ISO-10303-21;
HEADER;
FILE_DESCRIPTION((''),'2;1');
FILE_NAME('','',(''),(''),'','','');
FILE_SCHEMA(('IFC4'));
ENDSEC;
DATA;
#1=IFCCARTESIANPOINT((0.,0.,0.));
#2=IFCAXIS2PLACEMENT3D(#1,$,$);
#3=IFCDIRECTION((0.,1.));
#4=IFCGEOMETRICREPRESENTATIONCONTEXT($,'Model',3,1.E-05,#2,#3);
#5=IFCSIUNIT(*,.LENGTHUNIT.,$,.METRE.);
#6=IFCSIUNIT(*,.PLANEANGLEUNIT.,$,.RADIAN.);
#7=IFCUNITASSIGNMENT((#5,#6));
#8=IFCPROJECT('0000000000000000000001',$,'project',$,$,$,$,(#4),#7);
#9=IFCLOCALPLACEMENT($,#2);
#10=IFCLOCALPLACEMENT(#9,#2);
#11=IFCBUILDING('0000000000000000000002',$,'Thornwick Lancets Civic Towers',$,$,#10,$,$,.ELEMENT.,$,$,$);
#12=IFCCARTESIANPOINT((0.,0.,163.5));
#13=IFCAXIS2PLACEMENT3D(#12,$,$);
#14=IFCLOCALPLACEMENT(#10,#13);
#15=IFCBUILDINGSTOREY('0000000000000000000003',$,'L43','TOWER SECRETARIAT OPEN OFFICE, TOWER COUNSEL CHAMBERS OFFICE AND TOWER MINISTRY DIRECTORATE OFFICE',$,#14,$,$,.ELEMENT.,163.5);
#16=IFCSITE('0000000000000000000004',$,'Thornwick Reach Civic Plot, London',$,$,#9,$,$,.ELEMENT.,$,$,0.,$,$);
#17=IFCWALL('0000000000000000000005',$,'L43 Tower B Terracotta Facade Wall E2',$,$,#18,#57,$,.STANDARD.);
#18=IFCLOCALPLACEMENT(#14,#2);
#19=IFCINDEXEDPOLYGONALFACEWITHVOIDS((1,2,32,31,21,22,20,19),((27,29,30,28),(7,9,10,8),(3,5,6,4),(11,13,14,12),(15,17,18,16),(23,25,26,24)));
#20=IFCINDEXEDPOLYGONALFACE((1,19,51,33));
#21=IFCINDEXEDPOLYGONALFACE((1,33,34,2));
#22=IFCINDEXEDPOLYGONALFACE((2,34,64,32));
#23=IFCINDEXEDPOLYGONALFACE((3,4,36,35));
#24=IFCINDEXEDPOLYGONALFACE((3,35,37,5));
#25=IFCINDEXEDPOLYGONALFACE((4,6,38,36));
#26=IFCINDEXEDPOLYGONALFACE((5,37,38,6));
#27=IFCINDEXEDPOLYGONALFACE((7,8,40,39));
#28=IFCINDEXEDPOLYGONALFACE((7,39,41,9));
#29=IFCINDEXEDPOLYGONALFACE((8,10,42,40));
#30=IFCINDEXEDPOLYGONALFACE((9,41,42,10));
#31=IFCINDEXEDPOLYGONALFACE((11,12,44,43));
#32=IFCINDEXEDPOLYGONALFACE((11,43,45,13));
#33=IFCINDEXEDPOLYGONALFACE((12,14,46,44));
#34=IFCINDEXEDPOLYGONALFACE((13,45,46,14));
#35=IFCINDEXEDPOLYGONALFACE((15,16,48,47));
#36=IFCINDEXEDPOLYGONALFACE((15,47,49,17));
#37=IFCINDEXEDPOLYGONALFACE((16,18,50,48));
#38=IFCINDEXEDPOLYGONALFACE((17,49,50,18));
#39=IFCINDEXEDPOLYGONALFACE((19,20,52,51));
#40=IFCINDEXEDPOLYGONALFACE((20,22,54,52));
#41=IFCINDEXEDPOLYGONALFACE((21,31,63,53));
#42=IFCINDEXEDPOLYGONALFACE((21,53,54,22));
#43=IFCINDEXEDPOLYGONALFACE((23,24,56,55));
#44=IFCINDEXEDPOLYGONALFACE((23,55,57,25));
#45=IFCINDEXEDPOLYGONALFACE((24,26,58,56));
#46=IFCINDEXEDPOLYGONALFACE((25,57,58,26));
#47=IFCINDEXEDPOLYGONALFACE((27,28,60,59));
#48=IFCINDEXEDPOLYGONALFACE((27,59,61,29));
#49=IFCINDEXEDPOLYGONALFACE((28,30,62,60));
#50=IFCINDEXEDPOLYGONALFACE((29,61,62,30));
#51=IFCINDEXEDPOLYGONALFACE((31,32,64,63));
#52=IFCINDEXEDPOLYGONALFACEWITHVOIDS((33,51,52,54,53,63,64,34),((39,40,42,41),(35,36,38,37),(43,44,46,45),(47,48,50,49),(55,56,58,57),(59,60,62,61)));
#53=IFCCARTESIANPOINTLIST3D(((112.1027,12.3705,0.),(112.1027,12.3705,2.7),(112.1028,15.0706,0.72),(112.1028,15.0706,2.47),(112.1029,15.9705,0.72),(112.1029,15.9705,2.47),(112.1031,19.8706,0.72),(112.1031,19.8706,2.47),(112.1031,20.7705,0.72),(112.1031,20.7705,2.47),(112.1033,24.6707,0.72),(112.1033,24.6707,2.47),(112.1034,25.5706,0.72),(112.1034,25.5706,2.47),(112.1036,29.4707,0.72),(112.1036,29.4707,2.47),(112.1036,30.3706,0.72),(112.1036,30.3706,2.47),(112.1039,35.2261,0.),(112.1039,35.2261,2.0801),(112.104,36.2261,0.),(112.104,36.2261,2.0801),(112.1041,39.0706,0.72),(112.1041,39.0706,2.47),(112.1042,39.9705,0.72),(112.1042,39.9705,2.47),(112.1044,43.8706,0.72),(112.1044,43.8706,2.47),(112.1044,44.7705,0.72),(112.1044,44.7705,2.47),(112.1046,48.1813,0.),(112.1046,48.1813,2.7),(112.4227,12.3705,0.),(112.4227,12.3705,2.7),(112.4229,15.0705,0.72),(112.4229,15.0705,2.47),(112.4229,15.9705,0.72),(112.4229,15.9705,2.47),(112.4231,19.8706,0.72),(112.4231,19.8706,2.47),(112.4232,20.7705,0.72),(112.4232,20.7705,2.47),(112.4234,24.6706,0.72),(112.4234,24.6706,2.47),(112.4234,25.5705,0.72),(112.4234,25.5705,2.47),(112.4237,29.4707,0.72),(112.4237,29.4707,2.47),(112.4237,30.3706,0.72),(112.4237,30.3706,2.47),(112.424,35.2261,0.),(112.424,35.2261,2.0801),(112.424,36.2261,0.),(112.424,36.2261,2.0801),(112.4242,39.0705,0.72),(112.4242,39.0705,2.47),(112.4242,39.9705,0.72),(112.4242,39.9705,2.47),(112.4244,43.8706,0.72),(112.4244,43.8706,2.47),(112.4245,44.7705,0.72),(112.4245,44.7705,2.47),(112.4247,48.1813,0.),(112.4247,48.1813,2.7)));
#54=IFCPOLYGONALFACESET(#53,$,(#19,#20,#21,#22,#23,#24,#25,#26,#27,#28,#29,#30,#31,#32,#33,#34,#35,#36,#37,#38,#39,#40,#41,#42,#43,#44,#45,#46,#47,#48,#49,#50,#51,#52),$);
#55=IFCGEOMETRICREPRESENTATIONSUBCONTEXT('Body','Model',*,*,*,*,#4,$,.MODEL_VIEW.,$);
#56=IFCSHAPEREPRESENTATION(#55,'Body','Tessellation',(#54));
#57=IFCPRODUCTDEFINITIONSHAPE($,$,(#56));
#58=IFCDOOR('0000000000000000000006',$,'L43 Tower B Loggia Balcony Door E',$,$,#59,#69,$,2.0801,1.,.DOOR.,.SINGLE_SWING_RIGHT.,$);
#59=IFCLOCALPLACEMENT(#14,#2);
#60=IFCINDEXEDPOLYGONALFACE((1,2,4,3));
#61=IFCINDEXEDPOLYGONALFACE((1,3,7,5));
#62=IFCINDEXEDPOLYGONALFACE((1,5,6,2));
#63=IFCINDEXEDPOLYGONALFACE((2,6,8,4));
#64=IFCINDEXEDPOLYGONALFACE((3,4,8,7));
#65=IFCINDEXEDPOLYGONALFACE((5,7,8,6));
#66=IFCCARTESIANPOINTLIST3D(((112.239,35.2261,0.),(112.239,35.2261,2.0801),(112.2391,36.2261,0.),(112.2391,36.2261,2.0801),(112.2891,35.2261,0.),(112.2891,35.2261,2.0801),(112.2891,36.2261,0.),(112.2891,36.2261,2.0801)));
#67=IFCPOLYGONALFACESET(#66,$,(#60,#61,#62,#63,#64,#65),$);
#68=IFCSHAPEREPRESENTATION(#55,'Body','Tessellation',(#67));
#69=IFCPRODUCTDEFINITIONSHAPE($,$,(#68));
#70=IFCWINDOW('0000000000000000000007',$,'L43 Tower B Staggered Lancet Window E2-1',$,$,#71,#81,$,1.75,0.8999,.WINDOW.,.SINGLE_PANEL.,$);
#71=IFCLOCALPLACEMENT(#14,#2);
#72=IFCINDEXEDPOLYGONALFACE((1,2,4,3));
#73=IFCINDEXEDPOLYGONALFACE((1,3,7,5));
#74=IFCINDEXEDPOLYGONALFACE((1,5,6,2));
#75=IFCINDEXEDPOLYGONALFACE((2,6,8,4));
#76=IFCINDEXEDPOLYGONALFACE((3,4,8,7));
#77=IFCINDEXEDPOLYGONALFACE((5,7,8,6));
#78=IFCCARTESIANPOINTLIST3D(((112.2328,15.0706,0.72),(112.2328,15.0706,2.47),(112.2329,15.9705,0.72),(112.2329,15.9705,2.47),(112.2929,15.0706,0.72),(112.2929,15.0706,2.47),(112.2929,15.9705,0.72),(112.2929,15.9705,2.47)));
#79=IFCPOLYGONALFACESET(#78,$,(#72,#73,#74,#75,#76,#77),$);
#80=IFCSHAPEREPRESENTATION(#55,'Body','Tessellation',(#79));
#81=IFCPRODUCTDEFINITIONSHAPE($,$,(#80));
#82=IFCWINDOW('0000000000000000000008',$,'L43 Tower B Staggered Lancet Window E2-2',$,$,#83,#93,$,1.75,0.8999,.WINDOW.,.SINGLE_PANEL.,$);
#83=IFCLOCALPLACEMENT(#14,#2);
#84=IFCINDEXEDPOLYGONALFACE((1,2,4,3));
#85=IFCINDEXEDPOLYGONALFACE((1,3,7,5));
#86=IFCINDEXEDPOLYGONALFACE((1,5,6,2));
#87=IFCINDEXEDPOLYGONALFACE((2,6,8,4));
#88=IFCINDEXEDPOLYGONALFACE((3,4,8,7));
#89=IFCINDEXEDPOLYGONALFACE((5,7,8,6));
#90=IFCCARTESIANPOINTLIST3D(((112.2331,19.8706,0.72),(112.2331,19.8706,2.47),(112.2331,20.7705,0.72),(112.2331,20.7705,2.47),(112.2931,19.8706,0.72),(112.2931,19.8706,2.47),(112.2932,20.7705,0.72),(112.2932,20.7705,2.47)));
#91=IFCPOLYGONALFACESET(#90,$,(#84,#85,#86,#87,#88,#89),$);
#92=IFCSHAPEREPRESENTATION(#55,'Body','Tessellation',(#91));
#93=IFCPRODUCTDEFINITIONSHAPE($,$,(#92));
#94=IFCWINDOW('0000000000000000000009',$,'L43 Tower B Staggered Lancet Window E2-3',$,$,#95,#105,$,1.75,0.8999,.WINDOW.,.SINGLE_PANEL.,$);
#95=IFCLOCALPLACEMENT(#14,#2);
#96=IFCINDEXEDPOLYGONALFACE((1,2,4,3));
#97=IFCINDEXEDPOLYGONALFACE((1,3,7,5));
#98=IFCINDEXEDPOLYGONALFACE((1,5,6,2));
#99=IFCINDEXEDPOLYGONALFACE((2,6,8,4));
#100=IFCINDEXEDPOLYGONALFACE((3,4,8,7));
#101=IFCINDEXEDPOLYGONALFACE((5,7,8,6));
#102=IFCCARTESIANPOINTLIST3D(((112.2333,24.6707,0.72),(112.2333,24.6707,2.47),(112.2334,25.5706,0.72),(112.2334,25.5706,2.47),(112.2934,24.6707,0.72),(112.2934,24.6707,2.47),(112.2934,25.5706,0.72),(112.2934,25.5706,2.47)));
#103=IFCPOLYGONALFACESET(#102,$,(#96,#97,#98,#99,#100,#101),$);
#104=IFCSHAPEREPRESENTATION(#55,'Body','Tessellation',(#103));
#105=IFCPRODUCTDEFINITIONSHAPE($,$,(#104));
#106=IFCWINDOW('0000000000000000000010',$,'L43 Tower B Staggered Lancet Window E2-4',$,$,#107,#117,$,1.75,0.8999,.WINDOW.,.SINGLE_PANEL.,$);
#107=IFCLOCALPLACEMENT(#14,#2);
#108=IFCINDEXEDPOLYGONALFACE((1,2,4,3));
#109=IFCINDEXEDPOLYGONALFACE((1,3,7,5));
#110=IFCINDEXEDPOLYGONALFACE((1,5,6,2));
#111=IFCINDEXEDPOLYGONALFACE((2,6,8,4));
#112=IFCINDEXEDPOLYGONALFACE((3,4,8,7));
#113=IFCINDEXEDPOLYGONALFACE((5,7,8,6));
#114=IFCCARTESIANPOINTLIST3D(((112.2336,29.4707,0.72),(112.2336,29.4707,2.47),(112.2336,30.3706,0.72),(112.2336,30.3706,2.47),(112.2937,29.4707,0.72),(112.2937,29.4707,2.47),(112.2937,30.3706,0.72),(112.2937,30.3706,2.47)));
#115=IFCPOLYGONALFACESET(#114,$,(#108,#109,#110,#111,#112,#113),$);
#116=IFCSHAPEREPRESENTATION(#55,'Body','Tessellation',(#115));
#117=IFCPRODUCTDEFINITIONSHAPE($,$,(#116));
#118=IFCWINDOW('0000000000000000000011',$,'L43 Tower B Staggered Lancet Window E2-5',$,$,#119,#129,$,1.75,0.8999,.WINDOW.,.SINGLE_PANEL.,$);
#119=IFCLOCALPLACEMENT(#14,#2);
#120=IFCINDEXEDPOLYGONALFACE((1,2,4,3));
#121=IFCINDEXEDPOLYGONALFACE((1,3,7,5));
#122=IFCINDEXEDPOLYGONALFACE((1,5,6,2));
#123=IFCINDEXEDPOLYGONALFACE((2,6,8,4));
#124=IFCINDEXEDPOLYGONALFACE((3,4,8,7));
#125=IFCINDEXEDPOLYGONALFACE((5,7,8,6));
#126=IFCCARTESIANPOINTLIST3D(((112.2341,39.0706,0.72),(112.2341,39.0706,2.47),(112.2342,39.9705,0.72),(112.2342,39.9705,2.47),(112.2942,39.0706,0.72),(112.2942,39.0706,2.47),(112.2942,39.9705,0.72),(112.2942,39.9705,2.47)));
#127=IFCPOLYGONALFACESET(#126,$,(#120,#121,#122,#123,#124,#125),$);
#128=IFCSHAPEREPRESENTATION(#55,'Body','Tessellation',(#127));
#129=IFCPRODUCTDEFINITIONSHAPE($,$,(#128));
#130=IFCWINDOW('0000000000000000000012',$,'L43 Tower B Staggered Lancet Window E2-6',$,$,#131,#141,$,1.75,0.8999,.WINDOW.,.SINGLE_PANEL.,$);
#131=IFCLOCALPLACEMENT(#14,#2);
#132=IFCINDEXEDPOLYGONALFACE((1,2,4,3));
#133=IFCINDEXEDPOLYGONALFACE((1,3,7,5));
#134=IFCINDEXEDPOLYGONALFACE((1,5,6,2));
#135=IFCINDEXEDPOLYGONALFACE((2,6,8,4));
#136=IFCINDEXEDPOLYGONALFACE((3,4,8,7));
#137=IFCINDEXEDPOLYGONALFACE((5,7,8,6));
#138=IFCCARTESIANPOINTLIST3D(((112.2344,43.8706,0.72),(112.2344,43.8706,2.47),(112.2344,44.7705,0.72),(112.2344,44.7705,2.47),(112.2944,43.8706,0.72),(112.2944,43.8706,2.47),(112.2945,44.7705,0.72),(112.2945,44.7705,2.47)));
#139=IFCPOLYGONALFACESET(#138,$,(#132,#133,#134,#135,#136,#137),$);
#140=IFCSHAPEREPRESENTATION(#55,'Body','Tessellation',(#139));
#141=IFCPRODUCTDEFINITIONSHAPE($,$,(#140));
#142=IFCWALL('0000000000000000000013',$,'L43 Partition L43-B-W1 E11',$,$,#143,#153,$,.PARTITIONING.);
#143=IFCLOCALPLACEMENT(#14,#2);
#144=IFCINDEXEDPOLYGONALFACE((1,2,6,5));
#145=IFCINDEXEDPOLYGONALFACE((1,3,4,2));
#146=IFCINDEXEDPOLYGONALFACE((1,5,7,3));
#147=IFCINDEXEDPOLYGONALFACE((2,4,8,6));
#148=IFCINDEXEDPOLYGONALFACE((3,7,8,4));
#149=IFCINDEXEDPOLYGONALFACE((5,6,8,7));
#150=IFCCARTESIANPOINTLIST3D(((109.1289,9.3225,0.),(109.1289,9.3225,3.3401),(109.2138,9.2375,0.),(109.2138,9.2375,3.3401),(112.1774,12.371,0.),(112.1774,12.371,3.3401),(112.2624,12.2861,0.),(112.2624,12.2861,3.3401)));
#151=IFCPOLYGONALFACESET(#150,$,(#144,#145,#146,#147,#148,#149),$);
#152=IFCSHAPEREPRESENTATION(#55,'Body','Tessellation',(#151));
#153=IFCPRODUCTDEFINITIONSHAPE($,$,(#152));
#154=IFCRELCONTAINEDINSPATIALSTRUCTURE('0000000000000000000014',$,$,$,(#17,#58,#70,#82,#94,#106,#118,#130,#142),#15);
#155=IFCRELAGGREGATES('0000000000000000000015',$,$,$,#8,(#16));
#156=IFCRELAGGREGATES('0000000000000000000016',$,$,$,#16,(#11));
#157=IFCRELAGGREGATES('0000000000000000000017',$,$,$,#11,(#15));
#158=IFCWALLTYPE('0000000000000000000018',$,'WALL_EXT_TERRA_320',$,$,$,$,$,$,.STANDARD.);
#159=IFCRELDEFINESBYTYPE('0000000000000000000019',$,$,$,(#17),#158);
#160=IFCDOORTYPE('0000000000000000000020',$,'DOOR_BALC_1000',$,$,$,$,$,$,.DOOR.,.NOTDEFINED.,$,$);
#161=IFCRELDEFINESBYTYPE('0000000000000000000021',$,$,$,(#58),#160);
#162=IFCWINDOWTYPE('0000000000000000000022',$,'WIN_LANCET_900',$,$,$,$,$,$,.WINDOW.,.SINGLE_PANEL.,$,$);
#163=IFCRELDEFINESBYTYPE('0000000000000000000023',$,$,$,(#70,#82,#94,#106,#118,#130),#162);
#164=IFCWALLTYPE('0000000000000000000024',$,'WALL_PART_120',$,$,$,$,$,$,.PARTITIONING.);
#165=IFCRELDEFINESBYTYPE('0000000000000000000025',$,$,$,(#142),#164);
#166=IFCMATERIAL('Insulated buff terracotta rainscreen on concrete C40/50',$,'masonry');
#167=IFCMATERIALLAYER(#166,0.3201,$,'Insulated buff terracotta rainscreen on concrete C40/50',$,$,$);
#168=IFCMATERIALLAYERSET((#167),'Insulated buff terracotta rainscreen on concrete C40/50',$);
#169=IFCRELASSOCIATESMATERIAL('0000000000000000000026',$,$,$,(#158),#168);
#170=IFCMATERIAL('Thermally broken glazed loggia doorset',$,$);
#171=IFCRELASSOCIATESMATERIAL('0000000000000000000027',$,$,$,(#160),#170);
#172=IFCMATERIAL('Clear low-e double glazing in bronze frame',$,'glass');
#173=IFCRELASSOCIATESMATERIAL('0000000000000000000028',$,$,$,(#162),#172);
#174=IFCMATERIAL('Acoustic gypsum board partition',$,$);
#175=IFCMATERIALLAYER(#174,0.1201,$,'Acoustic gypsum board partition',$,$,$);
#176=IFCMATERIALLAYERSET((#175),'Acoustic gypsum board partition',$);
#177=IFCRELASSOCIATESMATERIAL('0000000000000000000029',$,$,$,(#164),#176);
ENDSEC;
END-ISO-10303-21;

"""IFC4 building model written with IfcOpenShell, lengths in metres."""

from ifc_helpers import new_model, si_unit, direction, frame, frame_2d, origin, place, context, subcontext, project, spatial, rectangle, extrude, material, layer, layer_set, type_object, element, fill, save


model = new_model("IFC4")

# Units and contexts
model_context = context("Model", 3, precision=1e-05, world=origin(), true_north=direction((0.0, 1.0)))
body_context = subcontext(model_context, "Body", "Model", "MODEL_VIEW")
ifc_project = project(units=[si_unit("LENGTHUNIT", "METRE"), si_unit("PLANEANGLEUNIT", "RADIAN")], contexts=[model_context])

# Site, building, storey
site_placement = place(None, origin())
site = spatial("IfcSite", under=ifc_project, at=site_placement, Name="Thornwick Reach Civic Plot, London", CompositionType="ELEMENT", RefElevation=0.0)
building_placement = place(site_placement, origin())
building = spatial("IfcBuilding", under=site, at=building_placement, Name="Thornwick Lancets Civic Towers", CompositionType="ELEMENT")
storey_placement = place(building_placement, frame((0.0, 0.0, 163.5)))
storey = spatial("IfcBuildingStorey", under=building, at=storey_placement, Name="L43", Description="TOWER SECRETARIAT OPEN OFFICE, TOWER COUNSEL CHAMBERS OFFICE AND TOWER MINISTRY DIRECTORATE OFFICE", CompositionType="ELEMENT", Elevation=163.5)

# Wall, openings, door, windows
ifc_material_1 = material(Name="Insulated buff terracotta rainscreen on concrete C40/50", Category="masonry")
ifc_layer_1 = layer(ifc_material_1, 0.3201, Name="Insulated buff terracotta rainscreen on concrete C40/50")
ifc_layer_set_1 = layer_set([ifc_layer_1], Name="Insulated buff terracotta rainscreen on concrete C40/50")
wall_type_1 = type_object("IfcWallType", Name="WALL_EXT_TERRA_320", PredefinedType="STANDARD", material=ifc_layer_set_1)
wall_1_placement = place(storey_placement, frame((112.2627, 12.3706, 0.0), z_axis=(0.0, 0.0, 1.0), x_axis=(0.000055, 1.0, 0.0)))
wall_1 = element("IfcWall", 1, at=wall_1_placement, inside=storey, type_object=wall_type_1, Name="L43 Tower B Terracotta Facade Wall E2", PredefinedType="STANDARD", context=body_context, shape_type="SweptSolid", body=[
    extrude(rectangle(XDim=35.8108, YDim=0.3201, at=frame_2d((17.9053, 0.0))), origin(), (0.0, 0.0, 1.0), 2.7),
])
opening_1_placement = place(wall_1_placement, frame((22.8555, 0.0, 0.0)))
opening_1 = element("IfcOpeningElement", 2, at=opening_1_placement, cuts=wall_1, PredefinedType="OPENING", context=body_context, shape_type="SweptSolid", body=[
    extrude(rectangle(XDim=1.0, YDim=2.0801, at=frame_2d((0.5, 1.04))), frame((0.0, 0.1699, 0.0), z_axis=(0.0, -1.0, 0.0), x_axis=(1.0, 0.0, 0.0)), (0.0, 0.0, 1.0), 0.3401),
])
opening_2_placement = place(wall_1_placement, frame((2.7, 0.0, 0.72)))
opening_2 = element("IfcOpeningElement", 3, at=opening_2_placement, cuts=wall_1, PredefinedType="OPENING", context=body_context, shape_type="SweptSolid", body=[
    extrude(rectangle(XDim=0.8999, YDim=1.75, at=frame_2d((0.45, 0.875))), frame((0.0, 0.1699, 0.0), z_axis=(0.0, -1.0, 0.0), x_axis=(1.0, 0.0, 0.0)), (0.0, 0.0, 1.0), 0.3401),
])
opening_3_placement = place(wall_1_placement, frame((7.5, 0.0, 0.72)))
opening_3 = element("IfcOpeningElement", 4, at=opening_3_placement, cuts=wall_1, PredefinedType="OPENING", context=body_context, shape_type="SweptSolid", body=[
    extrude(rectangle(XDim=0.8999, YDim=1.75, at=frame_2d((0.45, 0.875))), frame((0.0, 0.1699, 0.0), z_axis=(0.0, -1.0, 0.0), x_axis=(1.0, 0.0, 0.0)), (0.0, 0.0, 1.0), 0.3401),
])
opening_4_placement = place(wall_1_placement, frame((12.3, 0.0, 0.72)))
opening_4 = element("IfcOpeningElement", 5, at=opening_4_placement, cuts=wall_1, PredefinedType="OPENING", context=body_context, shape_type="SweptSolid", body=[
    extrude(rectangle(XDim=0.8999, YDim=1.75, at=frame_2d((0.45, 0.875))), frame((0.0, 0.1699, 0.0), z_axis=(0.0, -1.0, 0.0), x_axis=(1.0, 0.0, 0.0)), (0.0, 0.0, 1.0), 0.3401),
])
opening_5_placement = place(wall_1_placement, frame((17.1001, 0.0, 0.72)))
opening_5 = element("IfcOpeningElement", 6, at=opening_5_placement, cuts=wall_1, PredefinedType="OPENING", context=body_context, shape_type="SweptSolid", body=[
    extrude(rectangle(XDim=0.8999, YDim=1.75, at=frame_2d((0.45, 0.875))), frame((0.0, 0.1699, 0.0), z_axis=(0.0, -1.0, 0.0), x_axis=(1.0, 0.0, 0.0)), (0.0, 0.0, 1.0), 0.3401),
])
opening_6_placement = place(wall_1_placement, frame((26.7, 0.0, 0.72)))
opening_6 = element("IfcOpeningElement", 7, at=opening_6_placement, cuts=wall_1, PredefinedType="OPENING", context=body_context, shape_type="SweptSolid", body=[
    extrude(rectangle(XDim=0.8999, YDim=1.75, at=frame_2d((0.45, 0.875))), frame((0.0, 0.1699, 0.0), z_axis=(0.0, -1.0, 0.0), x_axis=(1.0, 0.0, 0.0)), (0.0, 0.0, 1.0), 0.3401),
])
opening_7_placement = place(wall_1_placement, frame((31.5, 0.0, 0.72)))
opening_7 = element("IfcOpeningElement", 8, at=opening_7_placement, cuts=wall_1, PredefinedType="OPENING", context=body_context, shape_type="SweptSolid", body=[
    extrude(rectangle(XDim=0.8999, YDim=1.75, at=frame_2d((0.45, 0.875))), frame((0.0, 0.1699, 0.0), z_axis=(0.0, -1.0, 0.0), x_axis=(1.0, 0.0, 0.0)), (0.0, 0.0, 1.0), 0.3401),
])
ifc_material_2 = material(Name="Thermally broken glazed loggia doorset")
door_type = type_object("IfcDoorType", Name="DOOR_BALC_1000", OperationType="NOTDEFINED", PredefinedType="DOOR", material=ifc_material_2)
door_placement = place(opening_1_placement, origin())
door = element("IfcDoor", 9, at=door_placement, inside=storey, type_object=door_type, Name="L43 Tower B Loggia Balcony Door E", OperationType="SINGLE_SWING_RIGHT", OverallHeight=2.0801, OverallWidth=1.0, PredefinedType="DOOR", context=body_context, shape_type="SweptSolid", body=[
    extrude(rectangle(XDim=1.0, YDim=2.0801, at=frame_2d((0.5, 1.04))), frame((0.0, 0.0249, 0.0), z_axis=(0.0, -1.0, 0.0), x_axis=(1.0, 0.0, 0.0)), (0.0, 0.0, 1.0), 0.05),
])
fill(opening_1, door)
ifc_material_3 = material(Name="Clear low-e double glazing in bronze frame", Category="glass")
window_type = type_object("IfcWindowType", Name="WIN_LANCET_900", PartitioningType="SINGLE_PANEL", PredefinedType="WINDOW", material=ifc_material_3)
window_1_placement = place(opening_2_placement, origin())
window_1 = element("IfcWindow", 10, at=window_1_placement, inside=storey, type_object=window_type, Name="L43 Tower B Staggered Lancet Window E2-1", OverallHeight=1.75, OverallWidth=0.8999, PartitioningType="SINGLE_PANEL", PredefinedType="WINDOW", context=body_context, shape_type="SweptSolid", body=[
    extrude(rectangle(XDim=0.8999, YDim=1.75, at=frame_2d((0.45, 0.875))), frame((0.0, 0.03, 0.0), z_axis=(0.0, -1.0, 0.0), x_axis=(1.0, 0.0, 0.0)), (0.0, 0.0, 1.0), 0.0601),
])
fill(opening_2, window_1)
window_2_placement = place(opening_3_placement, origin())
window_2 = element("IfcWindow", 11, at=window_2_placement, inside=storey, type_object=window_type, Name="L43 Tower B Staggered Lancet Window E2-2", OverallHeight=1.75, OverallWidth=0.8999, PartitioningType="SINGLE_PANEL", PredefinedType="WINDOW", context=body_context, shape_type="SweptSolid", body=[
    extrude(rectangle(XDim=0.8999, YDim=1.75, at=frame_2d((0.45, 0.875))), frame((0.0, 0.03, 0.0), z_axis=(0.0, -1.0, 0.0), x_axis=(1.0, 0.0, 0.0)), (0.0, 0.0, 1.0), 0.0601),
])
fill(opening_3, window_2)
window_3_placement = place(opening_4_placement, origin())
window_3 = element("IfcWindow", 12, at=window_3_placement, inside=storey, type_object=window_type, Name="L43 Tower B Staggered Lancet Window E2-3", OverallHeight=1.75, OverallWidth=0.8999, PartitioningType="SINGLE_PANEL", PredefinedType="WINDOW", context=body_context, shape_type="SweptSolid", body=[
    extrude(rectangle(XDim=0.8999, YDim=1.75, at=frame_2d((0.45, 0.875))), frame((0.0, 0.03, 0.0), z_axis=(0.0, -1.0, 0.0), x_axis=(1.0, 0.0, 0.0)), (0.0, 0.0, 1.0), 0.0601),
])
fill(opening_4, window_3)
window_4_placement = place(opening_5_placement, origin())
window_4 = element("IfcWindow", 13, at=window_4_placement, inside=storey, type_object=window_type, Name="L43 Tower B Staggered Lancet Window E2-4", OverallHeight=1.75, OverallWidth=0.8999, PartitioningType="SINGLE_PANEL", PredefinedType="WINDOW", context=body_context, shape_type="SweptSolid", body=[
    extrude(rectangle(XDim=0.8999, YDim=1.75, at=frame_2d((0.45, 0.875))), frame((0.0, 0.03, 0.0), z_axis=(0.0, -1.0, 0.0), x_axis=(1.0, 0.0, 0.0)), (0.0, 0.0, 1.0), 0.0601),
])
fill(opening_5, window_4)
window_5_placement = place(opening_6_placement, origin())
window_5 = element("IfcWindow", 14, at=window_5_placement, inside=storey, type_object=window_type, Name="L43 Tower B Staggered Lancet Window E2-5", OverallHeight=1.75, OverallWidth=0.8999, PartitioningType="SINGLE_PANEL", PredefinedType="WINDOW", context=body_context, shape_type="SweptSolid", body=[
    extrude(rectangle(XDim=0.8999, YDim=1.75, at=frame_2d((0.45, 0.875))), frame((0.0, 0.03, 0.0), z_axis=(0.0, -1.0, 0.0), x_axis=(1.0, 0.0, 0.0)), (0.0, 0.0, 1.0), 0.0601),
])
fill(opening_6, window_5)
window_6_placement = place(opening_7_placement, origin())
window_6 = element("IfcWindow", 15, at=window_6_placement, inside=storey, type_object=window_type, Name="L43 Tower B Staggered Lancet Window E2-6", OverallHeight=1.75, OverallWidth=0.8999, PartitioningType="SINGLE_PANEL", PredefinedType="WINDOW", context=body_context, shape_type="SweptSolid", body=[
    extrude(rectangle(XDim=0.8999, YDim=1.75, at=frame_2d((0.45, 0.875))), frame((0.0, 0.03, 0.0), z_axis=(0.0, -1.0, 0.0), x_axis=(1.0, 0.0, 0.0)), (0.0, 0.0, 1.0), 0.0601),
])
fill(opening_7, window_6)

# Wall
ifc_material_4 = material(Name="Acoustic gypsum board partition")
ifc_layer_2 = layer(ifc_material_4, 0.1201, Name="Acoustic gypsum board partition")
ifc_layer_set_2 = layer_set([ifc_layer_2], Name="Acoustic gypsum board partition")
wall_type_2 = type_object("IfcWallType", Name="WALL_PART_120", PredefinedType="PARTITIONING", material=ifc_layer_set_2)
wall_2_placement = place(storey_placement, frame((112.22, 12.3286, 0.0), z_axis=(0.0, 0.0, 1.0), x_axis=(-0.707107, -0.707107, 0.0)))
element("IfcWall", 16, at=wall_2_placement, inside=storey, type_object=wall_type_2, Name="L43 Partition L43-B-W1 E11", PredefinedType="PARTITIONING", context=body_context, shape_type="SweptSolid", body=[
    extrude(rectangle(XDim=4.3113, YDim=0.1201, at=frame_2d((2.1558, 0.0))), origin(), (0.0, 0.0, 1.0), 3.3401),
])

save(model, "model.ifc")
